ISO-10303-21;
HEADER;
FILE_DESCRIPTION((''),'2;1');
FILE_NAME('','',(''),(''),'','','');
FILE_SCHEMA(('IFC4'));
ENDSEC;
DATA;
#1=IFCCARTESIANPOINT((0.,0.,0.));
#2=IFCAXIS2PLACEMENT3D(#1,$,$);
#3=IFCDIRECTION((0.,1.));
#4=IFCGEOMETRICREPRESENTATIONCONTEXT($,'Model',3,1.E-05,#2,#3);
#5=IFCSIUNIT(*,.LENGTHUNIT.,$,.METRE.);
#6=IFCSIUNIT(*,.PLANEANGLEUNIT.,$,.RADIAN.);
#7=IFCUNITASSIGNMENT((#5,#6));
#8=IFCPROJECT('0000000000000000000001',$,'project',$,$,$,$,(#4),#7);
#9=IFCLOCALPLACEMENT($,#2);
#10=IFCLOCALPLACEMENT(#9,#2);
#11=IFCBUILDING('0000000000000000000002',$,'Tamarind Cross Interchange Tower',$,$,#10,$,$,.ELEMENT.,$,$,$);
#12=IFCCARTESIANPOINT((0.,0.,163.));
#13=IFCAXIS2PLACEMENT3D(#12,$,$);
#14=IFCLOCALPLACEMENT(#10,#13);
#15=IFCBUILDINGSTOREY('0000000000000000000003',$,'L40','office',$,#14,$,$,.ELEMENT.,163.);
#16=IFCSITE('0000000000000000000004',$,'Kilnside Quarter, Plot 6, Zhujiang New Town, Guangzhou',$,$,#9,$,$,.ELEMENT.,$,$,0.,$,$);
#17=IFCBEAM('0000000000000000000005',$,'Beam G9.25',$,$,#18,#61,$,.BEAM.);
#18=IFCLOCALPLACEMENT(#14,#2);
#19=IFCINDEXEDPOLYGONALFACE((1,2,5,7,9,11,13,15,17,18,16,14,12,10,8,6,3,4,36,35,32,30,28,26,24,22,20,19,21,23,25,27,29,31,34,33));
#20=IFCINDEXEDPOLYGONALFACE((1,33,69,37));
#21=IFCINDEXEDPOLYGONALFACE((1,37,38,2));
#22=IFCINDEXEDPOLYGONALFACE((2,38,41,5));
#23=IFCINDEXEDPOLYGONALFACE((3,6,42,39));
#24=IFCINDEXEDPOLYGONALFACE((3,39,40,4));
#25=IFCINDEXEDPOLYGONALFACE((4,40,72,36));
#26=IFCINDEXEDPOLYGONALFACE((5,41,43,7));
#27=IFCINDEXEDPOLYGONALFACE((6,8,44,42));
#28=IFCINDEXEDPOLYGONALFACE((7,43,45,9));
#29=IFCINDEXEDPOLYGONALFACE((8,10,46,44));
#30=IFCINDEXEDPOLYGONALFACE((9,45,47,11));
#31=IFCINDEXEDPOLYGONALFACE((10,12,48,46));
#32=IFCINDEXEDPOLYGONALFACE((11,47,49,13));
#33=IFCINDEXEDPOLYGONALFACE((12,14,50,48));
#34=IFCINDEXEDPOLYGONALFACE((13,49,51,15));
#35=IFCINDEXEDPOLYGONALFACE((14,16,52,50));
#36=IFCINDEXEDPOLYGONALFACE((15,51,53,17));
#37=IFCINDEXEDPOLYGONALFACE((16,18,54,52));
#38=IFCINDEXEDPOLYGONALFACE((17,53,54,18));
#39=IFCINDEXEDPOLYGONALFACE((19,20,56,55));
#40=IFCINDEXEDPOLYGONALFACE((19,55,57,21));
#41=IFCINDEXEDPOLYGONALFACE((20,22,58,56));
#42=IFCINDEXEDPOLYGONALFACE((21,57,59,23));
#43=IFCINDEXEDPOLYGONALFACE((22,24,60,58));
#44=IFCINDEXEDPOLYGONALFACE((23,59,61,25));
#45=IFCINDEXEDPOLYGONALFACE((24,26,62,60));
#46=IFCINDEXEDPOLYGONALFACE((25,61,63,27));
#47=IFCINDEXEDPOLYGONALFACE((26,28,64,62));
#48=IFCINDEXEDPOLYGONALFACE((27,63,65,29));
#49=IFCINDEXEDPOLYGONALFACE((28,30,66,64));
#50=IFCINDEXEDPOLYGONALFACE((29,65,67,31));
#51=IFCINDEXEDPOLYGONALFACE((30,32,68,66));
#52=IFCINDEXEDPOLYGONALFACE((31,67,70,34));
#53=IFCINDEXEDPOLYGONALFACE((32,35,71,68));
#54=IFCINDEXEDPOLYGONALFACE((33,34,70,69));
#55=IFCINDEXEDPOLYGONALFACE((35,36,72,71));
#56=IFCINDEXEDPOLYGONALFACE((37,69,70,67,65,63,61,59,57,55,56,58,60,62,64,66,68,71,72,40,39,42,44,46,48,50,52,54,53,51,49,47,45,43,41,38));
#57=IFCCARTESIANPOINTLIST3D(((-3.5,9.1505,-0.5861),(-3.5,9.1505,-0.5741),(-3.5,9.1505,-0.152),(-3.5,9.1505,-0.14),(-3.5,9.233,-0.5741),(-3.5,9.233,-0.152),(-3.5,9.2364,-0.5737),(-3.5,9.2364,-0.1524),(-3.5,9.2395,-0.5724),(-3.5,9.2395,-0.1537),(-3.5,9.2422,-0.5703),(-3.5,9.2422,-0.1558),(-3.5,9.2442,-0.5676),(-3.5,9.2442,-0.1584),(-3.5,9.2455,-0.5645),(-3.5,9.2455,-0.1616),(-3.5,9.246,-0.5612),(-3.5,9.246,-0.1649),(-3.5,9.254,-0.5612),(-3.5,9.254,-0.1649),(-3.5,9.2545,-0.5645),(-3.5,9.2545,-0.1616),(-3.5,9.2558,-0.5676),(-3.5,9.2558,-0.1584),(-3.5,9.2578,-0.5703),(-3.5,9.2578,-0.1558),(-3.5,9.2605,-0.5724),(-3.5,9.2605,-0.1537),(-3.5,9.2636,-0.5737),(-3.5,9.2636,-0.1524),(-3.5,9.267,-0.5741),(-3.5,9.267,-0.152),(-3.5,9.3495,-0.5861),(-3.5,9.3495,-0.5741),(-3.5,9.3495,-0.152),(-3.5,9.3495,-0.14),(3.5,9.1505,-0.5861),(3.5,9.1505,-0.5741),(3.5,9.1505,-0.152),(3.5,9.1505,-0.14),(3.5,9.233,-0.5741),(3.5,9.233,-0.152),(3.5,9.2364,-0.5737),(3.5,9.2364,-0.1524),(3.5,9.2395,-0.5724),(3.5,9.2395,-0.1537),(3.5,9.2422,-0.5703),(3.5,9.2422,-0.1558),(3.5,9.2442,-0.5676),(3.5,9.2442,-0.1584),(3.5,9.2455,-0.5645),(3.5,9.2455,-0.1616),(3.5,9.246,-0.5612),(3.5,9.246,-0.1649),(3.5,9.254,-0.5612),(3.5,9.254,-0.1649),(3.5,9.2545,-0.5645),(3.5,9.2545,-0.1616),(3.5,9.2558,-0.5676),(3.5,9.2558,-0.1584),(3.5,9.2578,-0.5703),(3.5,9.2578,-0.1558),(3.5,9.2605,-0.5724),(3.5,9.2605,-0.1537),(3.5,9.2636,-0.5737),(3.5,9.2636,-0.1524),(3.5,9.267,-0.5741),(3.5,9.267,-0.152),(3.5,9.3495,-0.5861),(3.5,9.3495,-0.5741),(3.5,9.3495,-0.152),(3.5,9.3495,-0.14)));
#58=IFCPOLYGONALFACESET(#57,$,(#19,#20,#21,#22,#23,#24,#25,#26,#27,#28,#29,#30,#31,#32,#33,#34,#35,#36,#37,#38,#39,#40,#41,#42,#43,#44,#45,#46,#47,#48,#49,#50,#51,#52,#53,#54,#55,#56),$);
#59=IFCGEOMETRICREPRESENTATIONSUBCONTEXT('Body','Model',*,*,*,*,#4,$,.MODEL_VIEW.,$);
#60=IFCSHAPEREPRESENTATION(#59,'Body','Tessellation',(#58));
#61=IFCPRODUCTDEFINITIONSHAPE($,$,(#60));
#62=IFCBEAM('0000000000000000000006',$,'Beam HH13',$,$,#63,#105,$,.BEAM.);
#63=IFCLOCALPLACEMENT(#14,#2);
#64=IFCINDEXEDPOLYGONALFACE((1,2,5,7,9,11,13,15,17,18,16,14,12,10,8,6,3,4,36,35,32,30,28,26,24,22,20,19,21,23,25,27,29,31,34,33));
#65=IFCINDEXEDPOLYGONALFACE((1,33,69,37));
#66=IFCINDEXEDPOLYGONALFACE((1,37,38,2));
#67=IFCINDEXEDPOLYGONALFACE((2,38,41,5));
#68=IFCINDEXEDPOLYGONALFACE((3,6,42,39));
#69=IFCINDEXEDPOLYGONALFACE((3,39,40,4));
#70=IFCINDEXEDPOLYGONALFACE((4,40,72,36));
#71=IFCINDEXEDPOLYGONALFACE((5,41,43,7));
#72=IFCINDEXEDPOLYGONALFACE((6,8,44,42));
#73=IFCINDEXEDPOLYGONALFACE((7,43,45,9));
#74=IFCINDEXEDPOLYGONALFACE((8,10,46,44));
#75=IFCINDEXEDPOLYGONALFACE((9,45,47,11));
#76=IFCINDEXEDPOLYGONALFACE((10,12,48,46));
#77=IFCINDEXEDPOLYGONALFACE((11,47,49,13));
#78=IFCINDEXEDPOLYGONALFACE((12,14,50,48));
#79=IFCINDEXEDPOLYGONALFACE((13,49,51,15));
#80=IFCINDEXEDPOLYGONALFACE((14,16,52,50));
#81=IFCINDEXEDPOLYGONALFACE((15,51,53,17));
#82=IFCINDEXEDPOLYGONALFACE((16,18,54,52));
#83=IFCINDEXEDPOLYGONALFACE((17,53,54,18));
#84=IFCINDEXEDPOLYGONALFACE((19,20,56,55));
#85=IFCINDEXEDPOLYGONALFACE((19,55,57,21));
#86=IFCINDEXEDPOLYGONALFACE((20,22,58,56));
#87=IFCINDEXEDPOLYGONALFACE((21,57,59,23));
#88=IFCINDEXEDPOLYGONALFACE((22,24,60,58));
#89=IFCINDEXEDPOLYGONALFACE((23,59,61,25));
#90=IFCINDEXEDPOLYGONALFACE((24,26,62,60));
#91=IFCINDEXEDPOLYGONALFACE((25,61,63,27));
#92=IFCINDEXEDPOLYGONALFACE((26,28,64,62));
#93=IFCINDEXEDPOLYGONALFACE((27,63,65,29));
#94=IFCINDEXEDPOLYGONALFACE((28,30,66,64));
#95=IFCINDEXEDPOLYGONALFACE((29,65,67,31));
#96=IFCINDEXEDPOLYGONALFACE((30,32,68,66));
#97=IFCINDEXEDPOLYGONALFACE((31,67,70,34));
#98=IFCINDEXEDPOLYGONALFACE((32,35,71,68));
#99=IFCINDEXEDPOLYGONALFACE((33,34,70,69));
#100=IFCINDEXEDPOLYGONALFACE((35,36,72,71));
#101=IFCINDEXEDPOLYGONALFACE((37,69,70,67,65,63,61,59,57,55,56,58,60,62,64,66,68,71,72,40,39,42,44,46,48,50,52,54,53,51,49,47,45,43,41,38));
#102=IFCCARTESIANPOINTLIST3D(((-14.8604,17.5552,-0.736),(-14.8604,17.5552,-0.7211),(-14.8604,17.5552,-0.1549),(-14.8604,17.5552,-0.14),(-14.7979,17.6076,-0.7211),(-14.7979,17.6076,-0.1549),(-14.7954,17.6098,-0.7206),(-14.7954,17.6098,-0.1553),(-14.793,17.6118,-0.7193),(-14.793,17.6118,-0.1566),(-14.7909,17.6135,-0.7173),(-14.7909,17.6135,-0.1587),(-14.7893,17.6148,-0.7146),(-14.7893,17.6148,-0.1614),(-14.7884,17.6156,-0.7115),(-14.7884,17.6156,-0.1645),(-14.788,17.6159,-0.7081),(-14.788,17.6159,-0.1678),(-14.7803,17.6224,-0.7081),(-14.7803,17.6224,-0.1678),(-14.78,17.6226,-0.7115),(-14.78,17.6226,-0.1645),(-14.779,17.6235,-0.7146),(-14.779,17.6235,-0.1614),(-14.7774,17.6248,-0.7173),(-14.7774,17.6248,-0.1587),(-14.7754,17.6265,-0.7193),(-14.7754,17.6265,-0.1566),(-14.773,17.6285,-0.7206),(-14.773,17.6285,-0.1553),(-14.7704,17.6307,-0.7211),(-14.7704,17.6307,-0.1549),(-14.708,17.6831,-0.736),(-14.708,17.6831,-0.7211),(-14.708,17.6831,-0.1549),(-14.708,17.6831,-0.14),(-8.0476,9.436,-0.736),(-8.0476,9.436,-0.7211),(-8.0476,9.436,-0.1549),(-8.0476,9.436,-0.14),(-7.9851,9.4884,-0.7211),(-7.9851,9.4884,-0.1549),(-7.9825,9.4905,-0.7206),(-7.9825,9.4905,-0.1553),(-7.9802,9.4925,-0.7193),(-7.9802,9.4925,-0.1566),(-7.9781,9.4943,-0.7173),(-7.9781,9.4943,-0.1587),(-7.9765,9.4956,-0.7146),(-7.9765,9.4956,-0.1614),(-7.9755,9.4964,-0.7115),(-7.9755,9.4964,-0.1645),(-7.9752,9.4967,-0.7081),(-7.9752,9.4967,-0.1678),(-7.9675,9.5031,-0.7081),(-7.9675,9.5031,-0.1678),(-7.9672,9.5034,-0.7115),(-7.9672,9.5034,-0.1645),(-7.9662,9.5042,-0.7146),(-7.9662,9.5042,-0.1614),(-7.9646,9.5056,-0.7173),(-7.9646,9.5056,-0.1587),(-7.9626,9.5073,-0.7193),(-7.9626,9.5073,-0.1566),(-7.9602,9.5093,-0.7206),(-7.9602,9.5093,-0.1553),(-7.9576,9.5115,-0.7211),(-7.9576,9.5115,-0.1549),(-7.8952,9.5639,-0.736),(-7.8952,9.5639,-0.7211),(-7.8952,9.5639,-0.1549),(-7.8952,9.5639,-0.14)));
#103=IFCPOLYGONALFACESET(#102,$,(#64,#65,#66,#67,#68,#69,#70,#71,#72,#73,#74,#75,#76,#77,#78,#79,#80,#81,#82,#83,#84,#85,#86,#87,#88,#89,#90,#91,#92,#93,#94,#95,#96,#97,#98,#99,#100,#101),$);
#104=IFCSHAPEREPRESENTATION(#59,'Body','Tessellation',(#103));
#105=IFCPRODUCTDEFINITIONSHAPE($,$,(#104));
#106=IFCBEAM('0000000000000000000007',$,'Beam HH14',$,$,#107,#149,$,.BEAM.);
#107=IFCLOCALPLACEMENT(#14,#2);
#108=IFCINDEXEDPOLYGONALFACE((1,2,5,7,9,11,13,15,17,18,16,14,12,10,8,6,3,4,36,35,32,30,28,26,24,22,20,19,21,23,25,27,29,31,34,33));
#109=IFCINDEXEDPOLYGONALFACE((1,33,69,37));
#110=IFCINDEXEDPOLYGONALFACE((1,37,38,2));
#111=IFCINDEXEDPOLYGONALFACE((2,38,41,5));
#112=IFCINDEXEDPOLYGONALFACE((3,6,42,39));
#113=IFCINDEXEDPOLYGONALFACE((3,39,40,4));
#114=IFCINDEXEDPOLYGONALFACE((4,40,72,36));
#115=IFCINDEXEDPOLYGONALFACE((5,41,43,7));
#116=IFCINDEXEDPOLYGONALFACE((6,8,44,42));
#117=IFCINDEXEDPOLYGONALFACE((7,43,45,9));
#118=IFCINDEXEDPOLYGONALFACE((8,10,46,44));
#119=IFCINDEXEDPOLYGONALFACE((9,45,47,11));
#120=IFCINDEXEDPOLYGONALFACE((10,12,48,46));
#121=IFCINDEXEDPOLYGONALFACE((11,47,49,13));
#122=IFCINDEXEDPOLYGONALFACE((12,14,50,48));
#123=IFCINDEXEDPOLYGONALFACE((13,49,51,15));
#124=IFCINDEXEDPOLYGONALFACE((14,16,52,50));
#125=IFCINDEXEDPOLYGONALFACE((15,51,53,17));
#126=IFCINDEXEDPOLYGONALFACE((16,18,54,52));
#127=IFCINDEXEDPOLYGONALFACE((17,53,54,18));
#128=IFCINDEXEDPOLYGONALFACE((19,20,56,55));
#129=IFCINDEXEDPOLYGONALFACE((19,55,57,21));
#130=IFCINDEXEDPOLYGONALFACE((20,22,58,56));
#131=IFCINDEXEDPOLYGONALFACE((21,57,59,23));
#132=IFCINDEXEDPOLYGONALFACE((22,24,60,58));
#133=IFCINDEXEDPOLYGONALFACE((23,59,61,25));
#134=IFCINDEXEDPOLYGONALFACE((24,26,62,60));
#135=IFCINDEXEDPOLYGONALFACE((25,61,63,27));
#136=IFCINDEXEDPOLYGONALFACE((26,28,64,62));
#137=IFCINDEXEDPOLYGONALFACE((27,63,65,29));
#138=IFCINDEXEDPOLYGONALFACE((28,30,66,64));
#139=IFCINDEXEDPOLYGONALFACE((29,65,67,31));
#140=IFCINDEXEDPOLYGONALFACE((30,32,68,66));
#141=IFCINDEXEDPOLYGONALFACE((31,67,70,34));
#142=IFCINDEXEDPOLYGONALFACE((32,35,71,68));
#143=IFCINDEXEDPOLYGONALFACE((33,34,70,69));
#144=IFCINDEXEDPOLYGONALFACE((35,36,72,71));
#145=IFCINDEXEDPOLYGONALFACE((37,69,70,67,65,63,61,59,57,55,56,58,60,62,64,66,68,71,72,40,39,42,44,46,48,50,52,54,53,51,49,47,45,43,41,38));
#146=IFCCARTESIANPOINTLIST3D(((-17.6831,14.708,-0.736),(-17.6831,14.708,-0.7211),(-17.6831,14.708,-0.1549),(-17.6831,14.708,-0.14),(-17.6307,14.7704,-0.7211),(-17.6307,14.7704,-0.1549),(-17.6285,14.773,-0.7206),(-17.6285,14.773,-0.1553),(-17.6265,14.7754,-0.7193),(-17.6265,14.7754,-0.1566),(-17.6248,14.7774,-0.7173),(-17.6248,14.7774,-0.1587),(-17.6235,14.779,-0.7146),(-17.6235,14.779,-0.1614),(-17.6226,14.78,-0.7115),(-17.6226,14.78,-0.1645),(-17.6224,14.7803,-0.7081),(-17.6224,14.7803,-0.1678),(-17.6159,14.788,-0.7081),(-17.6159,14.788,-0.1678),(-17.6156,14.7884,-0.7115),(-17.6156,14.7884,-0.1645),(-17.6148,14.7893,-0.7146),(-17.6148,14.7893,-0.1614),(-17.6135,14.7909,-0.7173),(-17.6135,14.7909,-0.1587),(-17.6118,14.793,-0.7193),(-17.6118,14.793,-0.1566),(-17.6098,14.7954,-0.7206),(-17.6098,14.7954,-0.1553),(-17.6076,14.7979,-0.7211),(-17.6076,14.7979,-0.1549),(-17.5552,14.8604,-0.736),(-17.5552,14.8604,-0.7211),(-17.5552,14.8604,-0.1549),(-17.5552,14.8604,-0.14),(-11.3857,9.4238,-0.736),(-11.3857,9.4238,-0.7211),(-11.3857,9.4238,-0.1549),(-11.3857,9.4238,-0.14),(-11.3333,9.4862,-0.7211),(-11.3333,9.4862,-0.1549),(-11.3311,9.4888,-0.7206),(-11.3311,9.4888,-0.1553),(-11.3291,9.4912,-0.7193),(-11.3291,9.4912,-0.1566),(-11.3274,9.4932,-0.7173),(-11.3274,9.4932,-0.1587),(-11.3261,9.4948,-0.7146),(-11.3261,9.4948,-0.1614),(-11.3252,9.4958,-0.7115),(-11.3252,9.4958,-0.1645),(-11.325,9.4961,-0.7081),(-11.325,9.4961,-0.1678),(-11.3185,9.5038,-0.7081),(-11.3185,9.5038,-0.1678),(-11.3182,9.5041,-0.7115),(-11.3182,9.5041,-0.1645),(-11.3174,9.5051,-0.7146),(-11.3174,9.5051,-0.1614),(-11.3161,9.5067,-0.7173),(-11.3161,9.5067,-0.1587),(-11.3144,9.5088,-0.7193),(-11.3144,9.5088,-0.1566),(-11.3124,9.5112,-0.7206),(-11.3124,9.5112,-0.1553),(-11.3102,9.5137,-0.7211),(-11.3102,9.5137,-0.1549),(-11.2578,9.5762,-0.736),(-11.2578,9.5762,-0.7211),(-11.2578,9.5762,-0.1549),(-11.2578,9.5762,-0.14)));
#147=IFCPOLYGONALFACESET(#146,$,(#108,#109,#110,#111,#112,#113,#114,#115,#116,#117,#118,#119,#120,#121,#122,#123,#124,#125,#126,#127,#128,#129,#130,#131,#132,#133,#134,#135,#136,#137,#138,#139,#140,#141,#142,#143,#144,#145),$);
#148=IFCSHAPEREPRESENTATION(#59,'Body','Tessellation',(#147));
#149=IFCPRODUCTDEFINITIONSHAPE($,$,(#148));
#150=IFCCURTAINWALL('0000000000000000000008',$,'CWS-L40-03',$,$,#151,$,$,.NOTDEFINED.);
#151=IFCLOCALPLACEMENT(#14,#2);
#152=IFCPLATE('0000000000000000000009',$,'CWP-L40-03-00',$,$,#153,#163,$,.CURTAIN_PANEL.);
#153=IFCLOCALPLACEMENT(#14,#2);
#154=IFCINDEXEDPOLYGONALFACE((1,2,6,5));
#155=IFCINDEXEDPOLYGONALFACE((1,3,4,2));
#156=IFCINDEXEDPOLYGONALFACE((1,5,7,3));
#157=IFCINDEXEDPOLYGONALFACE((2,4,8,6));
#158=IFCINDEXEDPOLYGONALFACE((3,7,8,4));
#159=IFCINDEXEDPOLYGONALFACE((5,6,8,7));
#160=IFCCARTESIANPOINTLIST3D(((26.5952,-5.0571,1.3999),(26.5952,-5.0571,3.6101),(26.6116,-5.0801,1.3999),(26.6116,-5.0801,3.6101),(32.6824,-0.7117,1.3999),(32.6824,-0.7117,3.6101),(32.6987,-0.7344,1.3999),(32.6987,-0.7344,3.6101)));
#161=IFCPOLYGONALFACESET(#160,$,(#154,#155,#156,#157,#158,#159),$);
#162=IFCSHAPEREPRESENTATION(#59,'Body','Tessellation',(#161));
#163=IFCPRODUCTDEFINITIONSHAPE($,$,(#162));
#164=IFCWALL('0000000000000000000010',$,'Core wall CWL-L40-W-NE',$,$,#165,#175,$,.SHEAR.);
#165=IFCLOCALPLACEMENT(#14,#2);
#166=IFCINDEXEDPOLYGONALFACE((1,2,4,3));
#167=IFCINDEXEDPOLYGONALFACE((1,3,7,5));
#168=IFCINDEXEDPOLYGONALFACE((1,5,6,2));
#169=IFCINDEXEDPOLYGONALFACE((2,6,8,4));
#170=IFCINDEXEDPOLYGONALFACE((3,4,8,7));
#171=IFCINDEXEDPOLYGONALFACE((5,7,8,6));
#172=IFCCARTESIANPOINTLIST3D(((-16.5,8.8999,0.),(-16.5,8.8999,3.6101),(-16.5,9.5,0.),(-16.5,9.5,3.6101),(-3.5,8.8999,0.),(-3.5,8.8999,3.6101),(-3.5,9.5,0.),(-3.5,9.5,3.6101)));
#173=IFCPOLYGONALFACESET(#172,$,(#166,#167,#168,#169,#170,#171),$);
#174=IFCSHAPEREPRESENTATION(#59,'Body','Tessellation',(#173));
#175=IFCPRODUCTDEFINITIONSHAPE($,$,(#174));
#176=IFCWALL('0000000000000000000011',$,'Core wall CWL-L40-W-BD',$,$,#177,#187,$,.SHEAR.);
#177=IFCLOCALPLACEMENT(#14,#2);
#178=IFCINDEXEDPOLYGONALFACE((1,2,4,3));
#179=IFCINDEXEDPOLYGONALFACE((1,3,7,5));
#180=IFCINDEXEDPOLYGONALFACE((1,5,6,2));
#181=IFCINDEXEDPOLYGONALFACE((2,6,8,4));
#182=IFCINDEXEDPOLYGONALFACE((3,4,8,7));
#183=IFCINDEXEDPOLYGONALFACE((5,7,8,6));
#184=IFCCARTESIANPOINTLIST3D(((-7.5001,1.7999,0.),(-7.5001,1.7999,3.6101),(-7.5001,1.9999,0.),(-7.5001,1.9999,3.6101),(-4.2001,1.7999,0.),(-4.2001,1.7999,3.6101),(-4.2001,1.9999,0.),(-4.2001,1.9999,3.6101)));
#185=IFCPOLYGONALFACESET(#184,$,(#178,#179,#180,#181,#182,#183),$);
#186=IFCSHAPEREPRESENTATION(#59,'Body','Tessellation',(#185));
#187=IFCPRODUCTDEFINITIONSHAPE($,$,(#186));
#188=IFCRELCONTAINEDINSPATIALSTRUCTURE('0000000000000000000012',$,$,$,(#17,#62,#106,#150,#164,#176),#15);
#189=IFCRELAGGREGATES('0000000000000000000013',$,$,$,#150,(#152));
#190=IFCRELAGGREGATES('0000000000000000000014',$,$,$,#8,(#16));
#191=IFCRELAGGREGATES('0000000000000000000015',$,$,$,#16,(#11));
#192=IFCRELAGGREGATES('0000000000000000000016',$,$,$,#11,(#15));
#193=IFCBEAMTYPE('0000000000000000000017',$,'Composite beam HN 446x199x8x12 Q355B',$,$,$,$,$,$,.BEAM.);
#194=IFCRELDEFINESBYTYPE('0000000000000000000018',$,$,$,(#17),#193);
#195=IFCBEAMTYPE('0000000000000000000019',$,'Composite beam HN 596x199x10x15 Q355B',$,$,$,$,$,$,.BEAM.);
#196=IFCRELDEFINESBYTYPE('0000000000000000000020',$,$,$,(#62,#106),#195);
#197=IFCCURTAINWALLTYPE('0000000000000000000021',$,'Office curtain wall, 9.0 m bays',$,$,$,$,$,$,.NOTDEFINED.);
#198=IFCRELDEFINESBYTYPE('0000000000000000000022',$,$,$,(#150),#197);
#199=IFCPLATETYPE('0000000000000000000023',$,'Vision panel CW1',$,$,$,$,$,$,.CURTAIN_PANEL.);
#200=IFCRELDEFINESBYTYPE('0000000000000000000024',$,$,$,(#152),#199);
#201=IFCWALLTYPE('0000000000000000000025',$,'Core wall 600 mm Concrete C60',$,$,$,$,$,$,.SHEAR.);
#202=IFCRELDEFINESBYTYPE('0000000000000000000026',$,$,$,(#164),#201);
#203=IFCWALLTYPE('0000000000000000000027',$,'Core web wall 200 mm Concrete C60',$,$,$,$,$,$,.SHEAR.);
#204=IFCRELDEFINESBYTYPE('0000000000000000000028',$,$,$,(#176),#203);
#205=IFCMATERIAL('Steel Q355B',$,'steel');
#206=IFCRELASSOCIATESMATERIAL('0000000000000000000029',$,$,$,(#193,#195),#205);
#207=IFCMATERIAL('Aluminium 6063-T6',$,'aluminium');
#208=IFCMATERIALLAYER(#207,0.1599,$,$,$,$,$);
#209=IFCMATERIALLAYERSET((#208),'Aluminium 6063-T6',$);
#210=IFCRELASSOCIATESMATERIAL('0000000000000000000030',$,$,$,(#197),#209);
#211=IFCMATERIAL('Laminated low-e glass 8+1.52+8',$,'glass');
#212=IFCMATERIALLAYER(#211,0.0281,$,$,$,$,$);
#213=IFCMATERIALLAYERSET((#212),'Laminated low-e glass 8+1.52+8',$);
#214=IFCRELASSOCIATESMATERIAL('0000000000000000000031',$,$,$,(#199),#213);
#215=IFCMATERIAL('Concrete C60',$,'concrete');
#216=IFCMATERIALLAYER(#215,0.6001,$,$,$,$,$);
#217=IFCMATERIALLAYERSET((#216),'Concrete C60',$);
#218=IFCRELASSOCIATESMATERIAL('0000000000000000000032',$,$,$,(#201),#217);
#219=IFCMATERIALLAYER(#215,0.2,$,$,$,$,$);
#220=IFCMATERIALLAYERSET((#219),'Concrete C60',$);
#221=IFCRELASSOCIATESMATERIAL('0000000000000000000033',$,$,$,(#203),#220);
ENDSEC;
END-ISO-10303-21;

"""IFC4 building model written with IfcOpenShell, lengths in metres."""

from ifc_helpers import new_model, si_unit, direction, frame, frame_2d, origin, origin_2d, place, context, subcontext, project, spatial, polyline, rectangle, i_section, outline, extrude, material, layer, layer_set, material_profile, profile_set, type_object, element, aggregate, save


model = new_model("IFC4")

# Units and contexts
model_context = context("Model", 3, precision=1e-05, world=origin(), true_north=direction((0.0, 1.0)))
body_context = subcontext(model_context, "Body", "Model", "MODEL_VIEW")
ifc_project = project(units=[si_unit("LENGTHUNIT", "METRE"), si_unit("PLANEANGLEUNIT", "RADIAN")], contexts=[model_context])

# Site, building, storey
site_placement = place(None, origin())
site = spatial("IfcSite", under=ifc_project, at=site_placement, Name="Kilnside Quarter, Plot 6, Zhujiang New Town, Guangzhou", CompositionType="ELEMENT", RefElevation=0.0)
building_placement = place(site_placement, origin())
building = spatial("IfcBuilding", under=site, at=building_placement, Name="Tamarind Cross Interchange Tower", CompositionType="ELEMENT")
storey_placement = place(building_placement, frame((0.0, 0.0, 163.0)))
storey = spatial("IfcBuildingStorey", under=building, at=storey_placement, Name="L40", Description="office", CompositionType="ELEMENT", Elevation=163.0)

# Shared definitions
ifc_material_1 = material(Name="Concrete C60", Category="concrete")

# Beams
ifc_material_2 = material(Name="Steel Q355B", Category="steel")
ifc_material_profile_1 = material_profile(ifc_material_2, i_section(OverallWidth=0.199, OverallDepth=0.446, WebThickness=0.0081, FlangeThickness=0.012, FilletRadius=0.0129, at=origin_2d()), Name="HN 446x199x8x12")
ifc_profile_set_1 = profile_set([ifc_material_profile_1], Name="Steel Q355B")
beam_type_1 = type_object("IfcBeamType", Name="Composite beam HN 446x199x8x12 Q355B", PredefinedType="BEAM", material=ifc_profile_set_1)
for number, where, z_axis, x_axis, name in (
    (1, (-3.5, 9.25, -0.363), (1.0, 0.0, 0.0), (0.0, 1.0, 0.0), "Beam G9.25"),
):
    element("IfcBeam", number, at=place(storey_placement, frame(where, z_axis=z_axis, x_axis=x_axis)), inside=storey, type_object=beam_type_1, Name=name, PredefinedType="BEAM", context=body_context, shape_type="SweptSolid", body=[
        extrude(i_section(OverallWidth=0.199, OverallDepth=0.446, WebThickness=0.0081, FlangeThickness=0.012, FilletRadius=0.0129, at=origin_2d()), origin(), (0.0, 0.0, 1.0), 7.0),
    ])
ifc_material_profile_2 = material_profile(ifc_material_2, i_section(OverallWidth=0.199, OverallDepth=0.5959, WebThickness=0.01, FlangeThickness=0.0149, FilletRadius=0.0129, at=origin_2d()), Name="HN 596x199x10x15")
ifc_profile_set_2 = profile_set([ifc_material_profile_2], Name="Steel Q355B")
beam_type_2 = type_object("IfcBeamType", Name="Composite beam HN 596x199x10x15 Q355B", PredefinedType="BEAM", material=ifc_profile_set_2)
beam_1_placement = place(storey_placement, frame((-14.7842, 17.6191, -0.438), z_axis=(0.642786, -0.766046, 0.0), x_axis=(0.766046, 0.642786, 0.0)))
element("IfcBeam", 2, at=beam_1_placement, inside=storey, type_object=beam_type_2, Name="Beam HH13", PredefinedType="BEAM", context=body_context, shape_type="SweptSolid", body=[
    extrude(i_section(OverallWidth=0.199, OverallDepth=0.5959, WebThickness=0.01, FlangeThickness=0.0149, FilletRadius=0.0129, at=origin_2d()), origin(), (0.0, 0.0, 1.0), 10.5989),
])
beam_2_placement = place(storey_placement, frame((-17.6191, 14.7842, -0.438), z_axis=(0.766041, -0.642792, 0.0), x_axis=(0.642792, 0.766041, 0.0)))
element("IfcBeam", 3, at=beam_2_placement, inside=storey, type_object=beam_type_2, Name="Beam HH14", PredefinedType="BEAM", context=body_context, shape_type="SweptSolid", body=[
    extrude(i_section(OverallWidth=0.199, OverallDepth=0.5959, WebThickness=0.01, FlangeThickness=0.0149, FilletRadius=0.0129, at=origin_2d()), origin(), (0.0, 0.0, 1.0), 8.2207),
])

# Curtain wall, plate
ifc_material_3 = material(Name="Aluminium 6063-T6", Category="aluminium")
ifc_layer_1 = layer(ifc_material_3, 0.1599)
ifc_layer_set_1 = layer_set([ifc_layer_1], Name="Aluminium 6063-T6")
curtain_wall_type = type_object("IfcCurtainWallType", Name="Office curtain wall, 9.0 m bays", PredefinedType="NOTDEFINED", material=ifc_layer_set_1)
curtain_wall_placement = place(storey_placement, origin())
curtain_wall = element("IfcCurtainWall", 4, at=curtain_wall_placement, inside=storey, type_object=curtain_wall_type, Name="CWS-L40-03", PredefinedType="NOTDEFINED")
ifc_material_4 = material(Name="Laminated low-e glass 8+1.52+8", Category="glass")
ifc_layer_2 = layer(ifc_material_4, 0.0281)
ifc_layer_set_2 = layer_set([ifc_layer_2], Name="Laminated low-e glass 8+1.52+8")
plate_type = type_object("IfcPlateType", Name="Vision panel CW1", PredefinedType="CURTAIN_PANEL", material=ifc_layer_set_2)
plate_placement = place(storey_placement, frame((0.0, 0.0, 1.3999)))
plate = element("IfcPlate", 5, at=plate_placement, type_object=plate_type, Name="CWP-L40-03-00", PredefinedType="CURTAIN_PANEL", context=body_context, shape_type="SweptSolid", body=[
    extrude(outline(polyline([(26.5952, -5.0571), (32.6824, -0.7117), (32.6987, -0.7344), (26.6116, -5.0801), (26.5952, -5.0571)])), origin(), (0.0, 0.0, 1.0), 2.2102),
])
aggregate(curtain_wall, [plate])

# Walls
ifc_layer_3 = layer(ifc_material_1, 0.6001)
ifc_layer_set_3 = layer_set([ifc_layer_3], Name="Concrete C60")
wall_type_1 = type_object("IfcWallType", Name="Core wall 600 mm Concrete C60", PredefinedType="SHEAR", material=ifc_layer_set_3)
wall_1_placement = place(storey_placement, frame((-16.5, 9.2, 0.0), z_axis=(0.0, 0.0, 1.0), x_axis=(1.0, 0.0, 0.0)))
element("IfcWall", 6, at=wall_1_placement, inside=storey, type_object=wall_type_1, Name="Core wall CWL-L40-W-NE", PredefinedType="SHEAR", context=body_context, shape_type="SweptSolid", body=[
    extrude(rectangle(XDim=13.0, YDim=0.6001, at=frame_2d((6.5, 0.0))), origin(), (0.0, 0.0, 1.0), 3.6101),
])
ifc_layer_4 = layer(ifc_material_1, 0.2)
ifc_layer_set_4 = layer_set([ifc_layer_4], Name="Concrete C60")
wall_type_2 = type_object("IfcWallType", Name="Core web wall 200 mm Concrete C60", PredefinedType="SHEAR", material=ifc_layer_set_4)
wall_2_placement = place(storey_placement, frame((-7.5, 1.8999, 0.0), z_axis=(0.0, 0.0, 1.0), x_axis=(1.0, 0.0, 0.0)))
element("IfcWall", 7, at=wall_2_placement, inside=storey, type_object=wall_type_2, Name="Core wall CWL-L40-W-BD", PredefinedType="SHEAR", context=body_context, shape_type="SweptSolid", body=[
    extrude(rectangle(XDim=3.3, YDim=0.2, at=frame_2d((1.6499, 0.0))), origin(), (0.0, 0.0, 1.0), 3.6101),
])

save(model, "model.ifc")
